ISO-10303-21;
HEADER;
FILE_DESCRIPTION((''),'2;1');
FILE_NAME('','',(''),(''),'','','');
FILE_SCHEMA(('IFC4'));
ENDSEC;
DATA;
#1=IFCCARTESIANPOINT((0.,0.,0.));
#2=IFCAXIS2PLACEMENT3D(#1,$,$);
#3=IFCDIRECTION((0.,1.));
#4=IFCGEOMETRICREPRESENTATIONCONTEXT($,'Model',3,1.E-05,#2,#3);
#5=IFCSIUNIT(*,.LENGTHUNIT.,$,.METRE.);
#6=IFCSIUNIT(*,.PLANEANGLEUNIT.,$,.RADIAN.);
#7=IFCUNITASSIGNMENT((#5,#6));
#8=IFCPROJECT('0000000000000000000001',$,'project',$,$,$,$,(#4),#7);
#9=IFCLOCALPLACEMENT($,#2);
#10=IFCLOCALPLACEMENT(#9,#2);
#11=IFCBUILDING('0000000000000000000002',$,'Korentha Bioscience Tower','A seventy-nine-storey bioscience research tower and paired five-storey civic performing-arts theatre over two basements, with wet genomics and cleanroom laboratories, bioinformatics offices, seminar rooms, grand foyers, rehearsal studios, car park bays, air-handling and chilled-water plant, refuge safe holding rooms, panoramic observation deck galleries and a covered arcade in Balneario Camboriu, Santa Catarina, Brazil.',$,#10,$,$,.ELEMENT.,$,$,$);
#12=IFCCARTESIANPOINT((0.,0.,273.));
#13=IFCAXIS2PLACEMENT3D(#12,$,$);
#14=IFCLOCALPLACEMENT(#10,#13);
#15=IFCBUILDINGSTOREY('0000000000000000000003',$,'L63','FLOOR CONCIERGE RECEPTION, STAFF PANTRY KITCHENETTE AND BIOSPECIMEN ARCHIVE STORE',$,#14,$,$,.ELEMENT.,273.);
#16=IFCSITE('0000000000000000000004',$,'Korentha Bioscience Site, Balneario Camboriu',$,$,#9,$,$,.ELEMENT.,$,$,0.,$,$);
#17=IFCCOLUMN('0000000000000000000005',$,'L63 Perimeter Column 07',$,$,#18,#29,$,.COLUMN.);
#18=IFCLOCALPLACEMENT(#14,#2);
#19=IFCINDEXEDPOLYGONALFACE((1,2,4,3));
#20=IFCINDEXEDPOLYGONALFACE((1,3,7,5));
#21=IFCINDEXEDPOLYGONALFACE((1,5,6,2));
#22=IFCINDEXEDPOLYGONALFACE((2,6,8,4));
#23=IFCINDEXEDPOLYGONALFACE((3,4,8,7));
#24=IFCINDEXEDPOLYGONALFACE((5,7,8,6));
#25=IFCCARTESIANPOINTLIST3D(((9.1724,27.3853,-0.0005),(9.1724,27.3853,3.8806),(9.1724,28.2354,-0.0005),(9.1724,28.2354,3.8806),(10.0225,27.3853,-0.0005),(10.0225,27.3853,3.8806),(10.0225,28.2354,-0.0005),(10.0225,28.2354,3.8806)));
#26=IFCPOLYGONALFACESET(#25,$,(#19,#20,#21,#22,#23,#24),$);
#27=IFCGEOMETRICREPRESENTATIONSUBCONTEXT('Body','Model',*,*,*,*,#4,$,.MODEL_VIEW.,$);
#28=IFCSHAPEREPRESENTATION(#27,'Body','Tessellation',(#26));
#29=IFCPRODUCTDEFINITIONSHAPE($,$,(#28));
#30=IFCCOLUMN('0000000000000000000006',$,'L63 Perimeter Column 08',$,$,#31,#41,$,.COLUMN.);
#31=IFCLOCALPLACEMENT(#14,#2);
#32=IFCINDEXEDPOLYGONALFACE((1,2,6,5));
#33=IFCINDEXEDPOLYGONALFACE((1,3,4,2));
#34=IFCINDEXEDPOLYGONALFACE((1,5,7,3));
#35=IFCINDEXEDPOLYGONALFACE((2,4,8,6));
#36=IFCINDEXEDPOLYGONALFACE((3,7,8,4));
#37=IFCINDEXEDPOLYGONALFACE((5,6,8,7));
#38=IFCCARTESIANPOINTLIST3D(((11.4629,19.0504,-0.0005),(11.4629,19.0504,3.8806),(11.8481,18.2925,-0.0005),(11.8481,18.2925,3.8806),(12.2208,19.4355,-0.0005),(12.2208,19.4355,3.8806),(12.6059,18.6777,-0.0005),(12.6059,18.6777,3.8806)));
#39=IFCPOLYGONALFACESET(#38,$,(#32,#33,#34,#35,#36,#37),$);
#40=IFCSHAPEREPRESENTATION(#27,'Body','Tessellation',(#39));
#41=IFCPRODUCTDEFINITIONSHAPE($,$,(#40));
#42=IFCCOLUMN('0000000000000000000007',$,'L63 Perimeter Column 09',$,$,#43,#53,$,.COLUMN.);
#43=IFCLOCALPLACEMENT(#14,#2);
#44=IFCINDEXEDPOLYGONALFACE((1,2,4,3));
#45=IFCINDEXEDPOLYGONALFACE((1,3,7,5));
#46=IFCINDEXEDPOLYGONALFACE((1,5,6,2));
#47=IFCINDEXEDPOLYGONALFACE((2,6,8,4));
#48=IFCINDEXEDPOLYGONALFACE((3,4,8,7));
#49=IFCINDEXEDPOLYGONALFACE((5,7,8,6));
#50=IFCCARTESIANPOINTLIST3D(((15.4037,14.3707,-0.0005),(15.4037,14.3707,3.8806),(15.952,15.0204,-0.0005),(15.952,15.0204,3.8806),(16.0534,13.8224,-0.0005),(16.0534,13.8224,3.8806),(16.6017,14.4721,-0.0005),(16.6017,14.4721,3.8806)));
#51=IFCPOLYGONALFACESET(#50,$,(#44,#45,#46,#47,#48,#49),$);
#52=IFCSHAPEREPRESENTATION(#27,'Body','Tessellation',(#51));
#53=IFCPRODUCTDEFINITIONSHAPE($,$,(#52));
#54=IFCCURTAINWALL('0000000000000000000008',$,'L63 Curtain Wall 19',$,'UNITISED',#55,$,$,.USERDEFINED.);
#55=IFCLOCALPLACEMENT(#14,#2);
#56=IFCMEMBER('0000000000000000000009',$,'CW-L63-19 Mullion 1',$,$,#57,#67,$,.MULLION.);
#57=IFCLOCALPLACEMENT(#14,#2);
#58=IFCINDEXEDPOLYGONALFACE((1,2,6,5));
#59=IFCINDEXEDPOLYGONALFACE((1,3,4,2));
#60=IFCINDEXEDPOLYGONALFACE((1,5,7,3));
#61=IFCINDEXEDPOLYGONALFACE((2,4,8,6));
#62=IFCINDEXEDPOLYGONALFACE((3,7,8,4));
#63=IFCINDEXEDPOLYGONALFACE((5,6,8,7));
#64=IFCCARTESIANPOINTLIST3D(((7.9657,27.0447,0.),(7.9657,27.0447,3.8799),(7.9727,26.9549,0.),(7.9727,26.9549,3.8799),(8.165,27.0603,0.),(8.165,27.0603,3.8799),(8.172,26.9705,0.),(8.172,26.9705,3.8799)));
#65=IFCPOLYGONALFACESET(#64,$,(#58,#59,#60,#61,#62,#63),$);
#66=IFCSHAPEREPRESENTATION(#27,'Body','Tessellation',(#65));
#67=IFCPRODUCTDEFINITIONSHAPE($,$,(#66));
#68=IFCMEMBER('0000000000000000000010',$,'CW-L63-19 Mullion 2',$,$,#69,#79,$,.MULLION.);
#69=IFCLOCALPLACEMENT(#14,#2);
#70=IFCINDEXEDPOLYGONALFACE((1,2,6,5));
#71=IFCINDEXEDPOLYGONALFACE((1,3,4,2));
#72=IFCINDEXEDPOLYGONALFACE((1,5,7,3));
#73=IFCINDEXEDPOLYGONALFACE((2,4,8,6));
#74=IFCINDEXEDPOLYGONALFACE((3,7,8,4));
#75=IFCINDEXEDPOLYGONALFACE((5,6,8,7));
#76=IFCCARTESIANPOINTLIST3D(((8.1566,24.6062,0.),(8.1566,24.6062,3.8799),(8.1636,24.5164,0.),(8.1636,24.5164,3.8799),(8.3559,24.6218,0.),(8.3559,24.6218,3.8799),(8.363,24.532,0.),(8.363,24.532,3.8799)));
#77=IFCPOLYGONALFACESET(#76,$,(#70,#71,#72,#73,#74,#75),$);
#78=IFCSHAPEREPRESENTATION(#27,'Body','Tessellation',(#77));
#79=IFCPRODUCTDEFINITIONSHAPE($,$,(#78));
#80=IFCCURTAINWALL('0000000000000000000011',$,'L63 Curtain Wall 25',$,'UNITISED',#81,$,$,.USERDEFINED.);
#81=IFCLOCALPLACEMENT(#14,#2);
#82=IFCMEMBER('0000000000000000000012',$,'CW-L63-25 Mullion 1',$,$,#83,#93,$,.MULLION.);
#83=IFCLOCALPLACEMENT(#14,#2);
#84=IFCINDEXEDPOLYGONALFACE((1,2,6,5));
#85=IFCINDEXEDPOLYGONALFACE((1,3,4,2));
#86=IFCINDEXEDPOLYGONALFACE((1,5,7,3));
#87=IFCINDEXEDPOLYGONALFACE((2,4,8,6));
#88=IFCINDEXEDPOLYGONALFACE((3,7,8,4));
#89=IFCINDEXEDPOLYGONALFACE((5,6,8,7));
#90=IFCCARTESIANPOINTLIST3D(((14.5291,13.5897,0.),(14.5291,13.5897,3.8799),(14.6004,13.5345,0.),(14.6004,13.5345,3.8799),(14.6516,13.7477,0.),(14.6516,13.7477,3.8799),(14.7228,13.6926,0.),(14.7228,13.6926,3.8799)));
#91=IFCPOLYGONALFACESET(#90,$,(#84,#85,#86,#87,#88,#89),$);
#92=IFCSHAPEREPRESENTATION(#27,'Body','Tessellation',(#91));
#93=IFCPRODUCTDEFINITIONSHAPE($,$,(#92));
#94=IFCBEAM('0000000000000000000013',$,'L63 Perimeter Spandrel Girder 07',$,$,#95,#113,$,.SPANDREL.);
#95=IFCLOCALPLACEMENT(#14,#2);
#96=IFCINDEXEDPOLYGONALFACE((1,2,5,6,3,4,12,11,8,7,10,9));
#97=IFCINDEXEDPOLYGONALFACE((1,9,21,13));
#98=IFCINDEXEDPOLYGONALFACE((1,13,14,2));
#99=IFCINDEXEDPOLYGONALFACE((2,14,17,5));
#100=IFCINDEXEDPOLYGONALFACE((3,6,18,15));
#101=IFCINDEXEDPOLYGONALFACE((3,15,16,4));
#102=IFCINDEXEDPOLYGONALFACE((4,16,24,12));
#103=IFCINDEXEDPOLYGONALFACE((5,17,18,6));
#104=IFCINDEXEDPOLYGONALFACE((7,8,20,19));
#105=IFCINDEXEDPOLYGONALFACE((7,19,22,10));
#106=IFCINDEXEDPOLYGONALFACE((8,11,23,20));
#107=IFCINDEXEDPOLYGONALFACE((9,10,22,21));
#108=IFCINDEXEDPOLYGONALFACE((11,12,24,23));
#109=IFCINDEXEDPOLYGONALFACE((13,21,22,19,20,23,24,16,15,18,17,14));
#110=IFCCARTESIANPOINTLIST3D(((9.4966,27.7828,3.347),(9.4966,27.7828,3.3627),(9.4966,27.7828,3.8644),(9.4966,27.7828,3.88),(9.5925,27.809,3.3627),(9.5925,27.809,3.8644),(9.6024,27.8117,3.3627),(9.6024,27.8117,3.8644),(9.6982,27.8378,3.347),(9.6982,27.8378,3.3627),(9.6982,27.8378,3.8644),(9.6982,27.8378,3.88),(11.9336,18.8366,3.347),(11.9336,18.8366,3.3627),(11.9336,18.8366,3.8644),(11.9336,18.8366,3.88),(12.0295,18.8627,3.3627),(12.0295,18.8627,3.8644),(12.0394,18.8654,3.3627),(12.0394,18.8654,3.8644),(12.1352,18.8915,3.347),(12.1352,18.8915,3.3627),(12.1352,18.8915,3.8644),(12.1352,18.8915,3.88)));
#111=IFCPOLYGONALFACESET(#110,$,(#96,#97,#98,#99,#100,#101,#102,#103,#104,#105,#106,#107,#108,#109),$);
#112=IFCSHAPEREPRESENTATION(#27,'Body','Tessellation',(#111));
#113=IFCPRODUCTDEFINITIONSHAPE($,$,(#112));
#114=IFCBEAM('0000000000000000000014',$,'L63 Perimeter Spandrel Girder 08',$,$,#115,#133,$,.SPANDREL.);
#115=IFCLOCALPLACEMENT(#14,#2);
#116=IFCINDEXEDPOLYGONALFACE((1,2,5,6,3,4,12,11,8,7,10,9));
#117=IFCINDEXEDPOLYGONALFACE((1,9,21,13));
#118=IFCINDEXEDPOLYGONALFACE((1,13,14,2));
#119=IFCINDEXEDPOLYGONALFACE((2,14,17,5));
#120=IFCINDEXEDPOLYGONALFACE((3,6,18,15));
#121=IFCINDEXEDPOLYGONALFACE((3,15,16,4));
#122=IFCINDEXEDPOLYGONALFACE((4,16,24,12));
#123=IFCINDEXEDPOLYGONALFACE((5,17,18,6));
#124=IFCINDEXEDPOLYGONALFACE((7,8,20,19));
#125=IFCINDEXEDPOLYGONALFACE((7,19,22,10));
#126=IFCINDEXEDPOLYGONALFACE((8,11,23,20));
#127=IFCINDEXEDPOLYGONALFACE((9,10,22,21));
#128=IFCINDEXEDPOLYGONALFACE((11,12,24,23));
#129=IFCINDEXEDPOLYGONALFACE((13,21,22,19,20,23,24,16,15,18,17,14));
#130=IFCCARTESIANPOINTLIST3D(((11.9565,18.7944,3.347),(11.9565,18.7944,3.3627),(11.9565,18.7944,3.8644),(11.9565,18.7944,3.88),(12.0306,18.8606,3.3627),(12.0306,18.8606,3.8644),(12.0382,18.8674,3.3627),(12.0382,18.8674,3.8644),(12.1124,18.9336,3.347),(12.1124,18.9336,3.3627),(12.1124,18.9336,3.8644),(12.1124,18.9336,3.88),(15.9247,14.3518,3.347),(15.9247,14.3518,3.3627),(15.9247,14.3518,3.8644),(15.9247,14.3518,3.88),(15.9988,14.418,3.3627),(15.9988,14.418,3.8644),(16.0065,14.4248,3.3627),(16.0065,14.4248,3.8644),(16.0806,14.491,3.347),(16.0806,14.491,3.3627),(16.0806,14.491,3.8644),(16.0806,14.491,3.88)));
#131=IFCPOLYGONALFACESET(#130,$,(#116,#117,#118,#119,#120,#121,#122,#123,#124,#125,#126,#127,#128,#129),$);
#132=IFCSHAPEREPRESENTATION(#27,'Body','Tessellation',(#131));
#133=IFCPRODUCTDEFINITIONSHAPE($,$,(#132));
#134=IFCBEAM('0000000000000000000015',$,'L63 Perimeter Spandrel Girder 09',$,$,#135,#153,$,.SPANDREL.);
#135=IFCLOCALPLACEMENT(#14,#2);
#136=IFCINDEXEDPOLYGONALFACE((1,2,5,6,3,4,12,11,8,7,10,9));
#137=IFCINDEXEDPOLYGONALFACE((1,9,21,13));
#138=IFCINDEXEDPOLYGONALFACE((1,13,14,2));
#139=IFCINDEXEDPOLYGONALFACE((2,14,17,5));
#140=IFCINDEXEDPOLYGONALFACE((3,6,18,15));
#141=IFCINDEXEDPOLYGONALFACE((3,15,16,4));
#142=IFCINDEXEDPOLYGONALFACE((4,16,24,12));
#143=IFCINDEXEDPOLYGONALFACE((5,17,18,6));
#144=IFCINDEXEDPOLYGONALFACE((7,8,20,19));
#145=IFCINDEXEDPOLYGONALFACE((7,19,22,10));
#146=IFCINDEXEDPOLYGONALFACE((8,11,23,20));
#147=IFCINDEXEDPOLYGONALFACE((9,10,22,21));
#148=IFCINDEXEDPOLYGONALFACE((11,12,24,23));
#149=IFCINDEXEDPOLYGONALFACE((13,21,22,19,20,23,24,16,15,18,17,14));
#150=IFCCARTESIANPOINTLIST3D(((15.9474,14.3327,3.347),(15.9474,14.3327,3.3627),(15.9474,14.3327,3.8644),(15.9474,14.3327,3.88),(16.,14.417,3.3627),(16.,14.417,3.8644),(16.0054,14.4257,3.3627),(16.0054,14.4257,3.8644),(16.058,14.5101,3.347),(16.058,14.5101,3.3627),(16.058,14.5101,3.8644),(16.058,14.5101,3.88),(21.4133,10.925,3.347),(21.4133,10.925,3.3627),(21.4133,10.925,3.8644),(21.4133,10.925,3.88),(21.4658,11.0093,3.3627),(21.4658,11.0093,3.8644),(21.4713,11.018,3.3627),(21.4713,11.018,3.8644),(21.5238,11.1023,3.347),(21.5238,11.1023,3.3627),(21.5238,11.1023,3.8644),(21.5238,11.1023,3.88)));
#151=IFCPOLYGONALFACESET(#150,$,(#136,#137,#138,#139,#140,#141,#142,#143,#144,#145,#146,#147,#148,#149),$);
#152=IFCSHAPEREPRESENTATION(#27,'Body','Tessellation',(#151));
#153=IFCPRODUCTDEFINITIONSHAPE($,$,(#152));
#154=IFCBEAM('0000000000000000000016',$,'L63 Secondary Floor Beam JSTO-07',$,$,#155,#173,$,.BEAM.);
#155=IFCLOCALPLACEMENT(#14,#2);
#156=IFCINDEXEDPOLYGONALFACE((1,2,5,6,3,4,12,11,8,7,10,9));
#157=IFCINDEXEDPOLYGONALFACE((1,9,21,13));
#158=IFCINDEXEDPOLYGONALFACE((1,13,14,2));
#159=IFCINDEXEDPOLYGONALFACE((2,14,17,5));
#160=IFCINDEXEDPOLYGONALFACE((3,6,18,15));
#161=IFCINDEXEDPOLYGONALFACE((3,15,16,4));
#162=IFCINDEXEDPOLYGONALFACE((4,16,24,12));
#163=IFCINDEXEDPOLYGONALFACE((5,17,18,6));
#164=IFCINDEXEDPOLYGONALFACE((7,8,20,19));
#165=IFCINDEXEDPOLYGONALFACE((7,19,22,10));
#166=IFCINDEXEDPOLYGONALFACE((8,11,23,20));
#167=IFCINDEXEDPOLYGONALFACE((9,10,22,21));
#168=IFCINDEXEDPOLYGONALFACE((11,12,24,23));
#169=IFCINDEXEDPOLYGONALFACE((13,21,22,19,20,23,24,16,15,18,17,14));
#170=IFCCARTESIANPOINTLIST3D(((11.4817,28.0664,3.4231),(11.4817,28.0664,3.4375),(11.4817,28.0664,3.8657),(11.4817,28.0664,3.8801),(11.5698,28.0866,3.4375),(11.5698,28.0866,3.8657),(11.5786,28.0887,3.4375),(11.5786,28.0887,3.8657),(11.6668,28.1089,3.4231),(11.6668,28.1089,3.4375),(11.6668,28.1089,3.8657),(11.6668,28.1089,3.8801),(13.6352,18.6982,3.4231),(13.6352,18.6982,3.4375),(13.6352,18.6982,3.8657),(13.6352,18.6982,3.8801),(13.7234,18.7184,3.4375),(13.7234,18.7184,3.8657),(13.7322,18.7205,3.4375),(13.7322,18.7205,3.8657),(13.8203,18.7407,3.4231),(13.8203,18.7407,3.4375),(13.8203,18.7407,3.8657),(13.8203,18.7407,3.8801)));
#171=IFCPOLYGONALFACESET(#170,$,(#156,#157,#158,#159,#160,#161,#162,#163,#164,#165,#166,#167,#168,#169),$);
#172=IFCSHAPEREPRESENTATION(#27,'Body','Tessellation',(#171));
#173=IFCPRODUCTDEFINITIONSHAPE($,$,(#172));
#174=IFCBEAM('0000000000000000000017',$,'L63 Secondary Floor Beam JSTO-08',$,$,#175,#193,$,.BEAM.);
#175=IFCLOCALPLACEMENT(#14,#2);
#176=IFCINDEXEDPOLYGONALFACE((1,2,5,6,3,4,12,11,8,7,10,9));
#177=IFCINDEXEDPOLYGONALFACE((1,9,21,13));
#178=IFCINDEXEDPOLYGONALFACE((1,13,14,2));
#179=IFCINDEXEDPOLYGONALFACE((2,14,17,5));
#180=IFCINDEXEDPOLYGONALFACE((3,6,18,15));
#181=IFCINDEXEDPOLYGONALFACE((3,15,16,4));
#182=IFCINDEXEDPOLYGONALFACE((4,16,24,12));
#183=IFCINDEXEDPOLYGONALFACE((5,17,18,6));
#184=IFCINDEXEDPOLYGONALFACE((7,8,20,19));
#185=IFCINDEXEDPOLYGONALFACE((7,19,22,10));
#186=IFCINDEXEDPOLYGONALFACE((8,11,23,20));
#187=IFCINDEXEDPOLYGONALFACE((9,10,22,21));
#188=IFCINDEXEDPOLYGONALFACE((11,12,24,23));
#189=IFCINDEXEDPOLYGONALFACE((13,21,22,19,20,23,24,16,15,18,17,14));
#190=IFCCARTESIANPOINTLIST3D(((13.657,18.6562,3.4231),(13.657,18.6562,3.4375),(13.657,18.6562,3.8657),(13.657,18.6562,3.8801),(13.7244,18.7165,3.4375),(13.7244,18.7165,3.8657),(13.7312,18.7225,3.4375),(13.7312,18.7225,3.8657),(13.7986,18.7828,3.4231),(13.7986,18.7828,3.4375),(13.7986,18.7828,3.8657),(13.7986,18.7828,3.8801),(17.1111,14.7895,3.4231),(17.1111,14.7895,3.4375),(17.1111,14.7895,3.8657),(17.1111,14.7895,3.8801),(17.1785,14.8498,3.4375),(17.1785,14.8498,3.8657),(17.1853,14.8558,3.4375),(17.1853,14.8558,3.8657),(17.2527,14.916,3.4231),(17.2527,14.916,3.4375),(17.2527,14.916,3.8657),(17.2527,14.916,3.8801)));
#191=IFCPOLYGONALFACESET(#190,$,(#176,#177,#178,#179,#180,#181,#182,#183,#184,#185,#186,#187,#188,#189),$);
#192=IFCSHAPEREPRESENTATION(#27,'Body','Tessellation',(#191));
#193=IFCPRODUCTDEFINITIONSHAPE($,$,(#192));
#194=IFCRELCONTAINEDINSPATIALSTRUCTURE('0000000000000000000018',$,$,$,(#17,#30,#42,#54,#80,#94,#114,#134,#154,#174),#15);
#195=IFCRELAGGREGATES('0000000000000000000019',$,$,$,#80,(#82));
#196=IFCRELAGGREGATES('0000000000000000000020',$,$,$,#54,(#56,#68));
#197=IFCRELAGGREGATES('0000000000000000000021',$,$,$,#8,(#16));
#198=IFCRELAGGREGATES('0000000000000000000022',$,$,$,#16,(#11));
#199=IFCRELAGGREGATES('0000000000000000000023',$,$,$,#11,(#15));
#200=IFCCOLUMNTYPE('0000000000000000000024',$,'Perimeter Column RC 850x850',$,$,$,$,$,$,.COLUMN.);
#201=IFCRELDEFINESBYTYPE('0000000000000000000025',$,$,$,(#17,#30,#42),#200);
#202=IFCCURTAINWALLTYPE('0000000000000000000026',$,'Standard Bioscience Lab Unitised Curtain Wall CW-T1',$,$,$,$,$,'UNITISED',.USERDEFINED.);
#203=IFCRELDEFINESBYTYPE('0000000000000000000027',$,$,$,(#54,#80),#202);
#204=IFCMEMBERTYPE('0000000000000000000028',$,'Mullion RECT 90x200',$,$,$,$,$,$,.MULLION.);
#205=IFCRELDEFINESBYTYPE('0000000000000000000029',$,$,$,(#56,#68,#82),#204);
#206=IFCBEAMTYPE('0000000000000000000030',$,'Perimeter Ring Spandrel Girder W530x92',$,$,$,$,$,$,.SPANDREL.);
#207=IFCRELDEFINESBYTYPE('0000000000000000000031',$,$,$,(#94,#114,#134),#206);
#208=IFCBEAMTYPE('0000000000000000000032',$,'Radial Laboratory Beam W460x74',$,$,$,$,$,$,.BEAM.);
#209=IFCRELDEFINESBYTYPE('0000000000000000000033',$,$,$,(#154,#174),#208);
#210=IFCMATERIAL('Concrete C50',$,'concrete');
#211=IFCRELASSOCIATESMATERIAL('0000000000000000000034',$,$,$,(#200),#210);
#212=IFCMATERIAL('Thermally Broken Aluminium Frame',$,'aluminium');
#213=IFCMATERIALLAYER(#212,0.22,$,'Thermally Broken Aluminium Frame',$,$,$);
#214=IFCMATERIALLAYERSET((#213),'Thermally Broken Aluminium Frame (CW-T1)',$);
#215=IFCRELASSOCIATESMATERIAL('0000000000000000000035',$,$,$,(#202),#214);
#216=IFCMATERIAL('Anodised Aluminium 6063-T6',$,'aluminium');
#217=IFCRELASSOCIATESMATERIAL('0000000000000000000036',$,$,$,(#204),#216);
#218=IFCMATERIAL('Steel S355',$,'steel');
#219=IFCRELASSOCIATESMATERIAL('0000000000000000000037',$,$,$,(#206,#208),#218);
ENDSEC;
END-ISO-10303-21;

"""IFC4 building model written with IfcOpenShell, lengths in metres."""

from ifc_helpers import new_model, si_unit, direction, frame, origin, origin_2d, place, context, subcontext, project, spatial, rectangle, i_section, extrude, material, layer, layer_set, material_profile, profile_set, type_object, element, aggregate, save


model = new_model("IFC4")

# Units and contexts
model_context = context("Model", 3, precision=1e-05, world=origin(), true_north=direction((0.0, 1.0)))
body_context = subcontext(model_context, "Body", "Model", "MODEL_VIEW")
ifc_project = project(units=[si_unit("LENGTHUNIT", "METRE"), si_unit("PLANEANGLEUNIT", "RADIAN")], contexts=[model_context])

# Site, building, storey
site_placement = place(None, origin())
site = spatial("IfcSite", under=ifc_project, at=site_placement, Name="Korentha Bioscience Site, Balneario Camboriu", CompositionType="ELEMENT", RefElevation=0.0)
building_placement = place(site_placement, origin())
building = spatial("IfcBuilding", under=site, at=building_placement, Name="Korentha Bioscience Tower", Description="A seventy-nine-storey bioscience research tower and paired five-storey civic performing-arts theatre over two basements, with wet genomics and cleanroom laboratories, bioinformatics offices, seminar rooms, grand foyers, rehearsal studios, car park bays, air-handling and chilled-water plant, refuge safe holding rooms, panoramic observation deck galleries and a covered arcade in Balneario Camboriu, Santa Catarina, Brazil.", CompositionType="ELEMENT")
storey_placement = place(building_placement, frame((0.0, 0.0, 273.0)))
storey = spatial("IfcBuildingStorey", under=building, at=storey_placement, Name="L63", Description="FLOOR CONCIERGE RECEPTION, STAFF PANTRY KITCHENETTE AND BIOSPECIMEN ARCHIVE STORE", CompositionType="ELEMENT", Elevation=273.0)

# Columns
ifc_material_1 = material(Name="Concrete C50", Category="concrete")
ifc_material_profile_1 = material_profile(ifc_material_1, rectangle(XDim=0.8501, YDim=0.8501, at=origin_2d()), Name="Concrete C50")
ifc_profile_set_1 = profile_set([ifc_material_profile_1], Name="Concrete C50 (COL-P08)")
column_type = type_object("IfcColumnType", Name="Perimeter Column RC 850x850", PredefinedType="COLUMN", material=ifc_profile_set_1)
for number, where, z_axis, x_axis, name in (
    (1, (9.5974, 27.8103, -0.0005), (0.0, 0.0, 1.0), (0.0, 1.0, 0.0), "L63 Perimeter Column 07"),
    (2, (12.0344, 18.864, -0.0005), (0.0, 0.0, 1.0), (-0.453057, 0.891481, 0.0), "L63 Perimeter Column 08"),
    (3, (16.0027, 14.4214, -0.0005), (0.0, 0.0, 1.0), (-0.764246, 0.644924, 0.0), "L63 Perimeter Column 09"),
):
    element("IfcColumn", number, at=place(storey_placement, frame(where, z_axis=z_axis, x_axis=x_axis)), inside=storey, type_object=column_type, Name=name, PredefinedType="COLUMN", context=body_context, shape_type="SweptSolid", body=[
        extrude(rectangle(XDim=0.8501, YDim=0.8501, at=origin_2d()), origin(), (0.0, 0.0, 1.0), 3.8811),
    ])

# Curtain wall, members
ifc_material_2 = material(Name="Thermally Broken Aluminium Frame", Category="aluminium")
ifc_layer_1 = layer(ifc_material_2, 0.22, Name="Thermally Broken Aluminium Frame")
ifc_layer_set_1 = layer_set([ifc_layer_1], Name="Thermally Broken Aluminium Frame (CW-T1)")
curtain_wall_type = type_object("IfcCurtainWallType", Name="Standard Bioscience Lab Unitised Curtain Wall CW-T1", ElementType="UNITISED", PredefinedType="USERDEFINED", material=ifc_layer_set_1)
curtain_wall_1_placement = place(storey_placement, origin())
curtain_wall_1 = element("IfcCurtainWall", 4, at=curtain_wall_1_placement, inside=storey, type_object=curtain_wall_type, Name="L63 Curtain Wall 19", ObjectType="UNITISED", PredefinedType="USERDEFINED")
ifc_material_3 = material(Name="Anodised Aluminium 6063-T6", Category="aluminium")
ifc_material_profile_2 = material_profile(ifc_material_3, rectangle(XDim=0.0901, YDim=0.2, at=origin_2d()), Name="Anodised Aluminium 6063-T6")
ifc_profile_set_2 = profile_set([ifc_material_profile_2], Name="Anodised Aluminium 6063-T6 (CW-MUL)")
member_type_1 = type_object("IfcMemberType", Name="Mullion RECT 90x200", PredefinedType="MULLION", material=ifc_profile_set_2)
member_1_placement = place(storey_placement, frame((8.0688, 27.0076, 0.0), z_axis=(0.0, 0.0, 1.0), x_axis=(0.078035, -0.996951, 0.0)))
member_1 = element("IfcMember", 5, at=member_1_placement, type_object=member_type_1, Name="CW-L63-19 Mullion 1", PredefinedType="MULLION", context=body_context, shape_type="SweptSolid", body=[
    extrude(rectangle(XDim=0.0901, YDim=0.2, at=origin_2d()), origin(), (0.0, 0.0, 1.0), 3.8799),
])
member_2_placement = place(storey_placement, frame((8.2598, 24.5691, 0.0), z_axis=(0.0, 0.0, 1.0), x_axis=(0.078035, -0.996951, 0.0)))
member_2 = element("IfcMember", 6, at=member_2_placement, type_object=member_type_1, Name="CW-L63-19 Mullion 2", PredefinedType="MULLION", context=body_context, shape_type="SweptSolid", body=[
    extrude(rectangle(XDim=0.0901, YDim=0.2, at=origin_2d()), origin(), (0.0, 0.0, 1.0), 3.8799),
])

# Curtain wall, member
curtain_wall_2_placement = place(storey_placement, origin())
curtain_wall_2 = element("IfcCurtainWall", 7, at=curtain_wall_2_placement, inside=storey, type_object=curtain_wall_type, Name="L63 Curtain Wall 25", ObjectType="UNITISED", PredefinedType="USERDEFINED")
member_3_placement = place(storey_placement, frame((14.626, 13.6411, 0.0), z_axis=(0.0, 0.0, 1.0), x_axis=(0.790488, -0.612478, 0.0)))
member_3 = element("IfcMember", 8, at=member_3_placement, type_object=member_type_1, Name="CW-L63-25 Mullion 1", PredefinedType="MULLION", context=body_context, shape_type="SweptSolid", body=[
    extrude(rectangle(XDim=0.0901, YDim=0.2, at=origin_2d()), origin(), (0.0, 0.0, 1.0), 3.8799),
])

# Beams
ifc_material_4 = material(Name="Steel S355", Category="steel")
ifc_material_profile_3 = material_profile(ifc_material_4, i_section(OverallWidth=0.209, OverallDepth=0.533, WebThickness=0.0103, FlangeThickness=0.0156, at=origin_2d()), Name="Steel S355")
ifc_profile_set_3 = profile_set([ifc_material_profile_3], Name="Steel S355 (SB-530)")
beam_type_1 = type_object("IfcBeamType", Name="Perimeter Ring Spandrel Girder W530x92", PredefinedType="SPANDREL", material=ifc_profile_set_3)
beam_1_placement = place(storey_placement, frame((9.5974, 27.8103, 3.6135), z_axis=(0.262828, -0.964843, 0.0), x_axis=(0.964843, 0.262828, 0.0)))
element("IfcBeam", 9, at=beam_1_placement, inside=storey, type_object=beam_type_1, Name="L63 Perimeter Spandrel Girder 07", PredefinedType="SPANDREL", context=body_context, shape_type="SweptSolid", body=[
    extrude(i_section(OverallWidth=0.209, OverallDepth=0.533, WebThickness=0.0103, FlangeThickness=0.0156, at=origin_2d()), origin(), (0.0, 0.0, 1.0), 9.2722),
])
beam_2_placement = place(storey_placement, frame((12.0344, 18.864, 3.6135), z_axis=(0.666168, -0.745802, 0.0), x_axis=(0.745802, 0.666168, 0.0)))
element("IfcBeam", 10, at=beam_2_placement, inside=storey, type_object=beam_type_1, Name="L63 Perimeter Spandrel Girder 08", PredefinedType="SPANDREL", context=body_context, shape_type="SweptSolid", body=[
    extrude(i_section(OverallWidth=0.209, OverallDepth=0.533, WebThickness=0.0103, FlangeThickness=0.0156, at=origin_2d()), origin(), (0.0, 0.0, 1.0), 5.9568),
])
beam_3_placement = place(storey_placement, frame((16.0027, 14.4214, 3.6135), z_axis=(0.848586, -0.529058, 0.0), x_axis=(0.529058, 0.848586, 0.0)))
element("IfcBeam", 11, at=beam_3_placement, inside=storey, type_object=beam_type_1, Name="L63 Perimeter Spandrel Girder 09", PredefinedType="SPANDREL", context=body_context, shape_type="SweptSolid", body=[
    extrude(i_section(OverallWidth=0.209, OverallDepth=0.533, WebThickness=0.0103, FlangeThickness=0.0156, at=origin_2d()), origin(), (0.0, 0.0, 1.0), 6.4412),
])
ifc_material_profile_4 = material_profile(ifc_material_4, i_section(OverallWidth=0.1899, OverallDepth=0.457, WebThickness=0.009, FlangeThickness=0.0144, at=origin_2d()), Name="Steel S355")
ifc_profile_set_4 = profile_set([ifc_material_profile_4], Name="Steel S355 (RB-460)")
beam_type_2 = type_object("IfcBeamType", Name="Radial Laboratory Beam W460x74", PredefinedType="BEAM", material=ifc_profile_set_4)
beam_4_placement = place(storey_placement, frame((11.5742, 28.0876, 3.6516), z_axis=(0.224038, -0.97458, 0.0), x_axis=(0.97458, 0.224038, 0.0)))
element("IfcBeam", 12, at=beam_4_placement, inside=storey, type_object=beam_type_2, Name="L63 Secondary Floor Beam JSTO-07", PredefinedType="BEAM", context=body_context, shape_type="SweptSolid", body=[
    extrude(i_section(OverallWidth=0.1899, OverallDepth=0.457, WebThickness=0.009, FlangeThickness=0.0144, at=origin_2d()), origin(), (0.0, 0.0, 1.0), 9.6125),
])
beam_5_placement = place(storey_placement, frame((13.7278, 18.7195, 3.6516), z_axis=(0.666197, -0.745776, 0.0), x_axis=(0.745776, 0.666197, 0.0)))
element("IfcBeam", 13, at=beam_5_placement, inside=storey, type_object=beam_type_2, Name="L63 Secondary Floor Beam JSTO-08", PredefinedType="BEAM", context=body_context, shape_type="SweptSolid", body=[
    extrude(i_section(OverallWidth=0.1899, OverallDepth=0.457, WebThickness=0.009, FlangeThickness=0.0144, at=origin_2d()), origin(), (0.0, 0.0, 1.0), 5.1848),
])

aggregate(curtain_wall_2, [member_3])

aggregate(curtain_wall_1, [member_1, member_2])

save(model, "model.ifc")
